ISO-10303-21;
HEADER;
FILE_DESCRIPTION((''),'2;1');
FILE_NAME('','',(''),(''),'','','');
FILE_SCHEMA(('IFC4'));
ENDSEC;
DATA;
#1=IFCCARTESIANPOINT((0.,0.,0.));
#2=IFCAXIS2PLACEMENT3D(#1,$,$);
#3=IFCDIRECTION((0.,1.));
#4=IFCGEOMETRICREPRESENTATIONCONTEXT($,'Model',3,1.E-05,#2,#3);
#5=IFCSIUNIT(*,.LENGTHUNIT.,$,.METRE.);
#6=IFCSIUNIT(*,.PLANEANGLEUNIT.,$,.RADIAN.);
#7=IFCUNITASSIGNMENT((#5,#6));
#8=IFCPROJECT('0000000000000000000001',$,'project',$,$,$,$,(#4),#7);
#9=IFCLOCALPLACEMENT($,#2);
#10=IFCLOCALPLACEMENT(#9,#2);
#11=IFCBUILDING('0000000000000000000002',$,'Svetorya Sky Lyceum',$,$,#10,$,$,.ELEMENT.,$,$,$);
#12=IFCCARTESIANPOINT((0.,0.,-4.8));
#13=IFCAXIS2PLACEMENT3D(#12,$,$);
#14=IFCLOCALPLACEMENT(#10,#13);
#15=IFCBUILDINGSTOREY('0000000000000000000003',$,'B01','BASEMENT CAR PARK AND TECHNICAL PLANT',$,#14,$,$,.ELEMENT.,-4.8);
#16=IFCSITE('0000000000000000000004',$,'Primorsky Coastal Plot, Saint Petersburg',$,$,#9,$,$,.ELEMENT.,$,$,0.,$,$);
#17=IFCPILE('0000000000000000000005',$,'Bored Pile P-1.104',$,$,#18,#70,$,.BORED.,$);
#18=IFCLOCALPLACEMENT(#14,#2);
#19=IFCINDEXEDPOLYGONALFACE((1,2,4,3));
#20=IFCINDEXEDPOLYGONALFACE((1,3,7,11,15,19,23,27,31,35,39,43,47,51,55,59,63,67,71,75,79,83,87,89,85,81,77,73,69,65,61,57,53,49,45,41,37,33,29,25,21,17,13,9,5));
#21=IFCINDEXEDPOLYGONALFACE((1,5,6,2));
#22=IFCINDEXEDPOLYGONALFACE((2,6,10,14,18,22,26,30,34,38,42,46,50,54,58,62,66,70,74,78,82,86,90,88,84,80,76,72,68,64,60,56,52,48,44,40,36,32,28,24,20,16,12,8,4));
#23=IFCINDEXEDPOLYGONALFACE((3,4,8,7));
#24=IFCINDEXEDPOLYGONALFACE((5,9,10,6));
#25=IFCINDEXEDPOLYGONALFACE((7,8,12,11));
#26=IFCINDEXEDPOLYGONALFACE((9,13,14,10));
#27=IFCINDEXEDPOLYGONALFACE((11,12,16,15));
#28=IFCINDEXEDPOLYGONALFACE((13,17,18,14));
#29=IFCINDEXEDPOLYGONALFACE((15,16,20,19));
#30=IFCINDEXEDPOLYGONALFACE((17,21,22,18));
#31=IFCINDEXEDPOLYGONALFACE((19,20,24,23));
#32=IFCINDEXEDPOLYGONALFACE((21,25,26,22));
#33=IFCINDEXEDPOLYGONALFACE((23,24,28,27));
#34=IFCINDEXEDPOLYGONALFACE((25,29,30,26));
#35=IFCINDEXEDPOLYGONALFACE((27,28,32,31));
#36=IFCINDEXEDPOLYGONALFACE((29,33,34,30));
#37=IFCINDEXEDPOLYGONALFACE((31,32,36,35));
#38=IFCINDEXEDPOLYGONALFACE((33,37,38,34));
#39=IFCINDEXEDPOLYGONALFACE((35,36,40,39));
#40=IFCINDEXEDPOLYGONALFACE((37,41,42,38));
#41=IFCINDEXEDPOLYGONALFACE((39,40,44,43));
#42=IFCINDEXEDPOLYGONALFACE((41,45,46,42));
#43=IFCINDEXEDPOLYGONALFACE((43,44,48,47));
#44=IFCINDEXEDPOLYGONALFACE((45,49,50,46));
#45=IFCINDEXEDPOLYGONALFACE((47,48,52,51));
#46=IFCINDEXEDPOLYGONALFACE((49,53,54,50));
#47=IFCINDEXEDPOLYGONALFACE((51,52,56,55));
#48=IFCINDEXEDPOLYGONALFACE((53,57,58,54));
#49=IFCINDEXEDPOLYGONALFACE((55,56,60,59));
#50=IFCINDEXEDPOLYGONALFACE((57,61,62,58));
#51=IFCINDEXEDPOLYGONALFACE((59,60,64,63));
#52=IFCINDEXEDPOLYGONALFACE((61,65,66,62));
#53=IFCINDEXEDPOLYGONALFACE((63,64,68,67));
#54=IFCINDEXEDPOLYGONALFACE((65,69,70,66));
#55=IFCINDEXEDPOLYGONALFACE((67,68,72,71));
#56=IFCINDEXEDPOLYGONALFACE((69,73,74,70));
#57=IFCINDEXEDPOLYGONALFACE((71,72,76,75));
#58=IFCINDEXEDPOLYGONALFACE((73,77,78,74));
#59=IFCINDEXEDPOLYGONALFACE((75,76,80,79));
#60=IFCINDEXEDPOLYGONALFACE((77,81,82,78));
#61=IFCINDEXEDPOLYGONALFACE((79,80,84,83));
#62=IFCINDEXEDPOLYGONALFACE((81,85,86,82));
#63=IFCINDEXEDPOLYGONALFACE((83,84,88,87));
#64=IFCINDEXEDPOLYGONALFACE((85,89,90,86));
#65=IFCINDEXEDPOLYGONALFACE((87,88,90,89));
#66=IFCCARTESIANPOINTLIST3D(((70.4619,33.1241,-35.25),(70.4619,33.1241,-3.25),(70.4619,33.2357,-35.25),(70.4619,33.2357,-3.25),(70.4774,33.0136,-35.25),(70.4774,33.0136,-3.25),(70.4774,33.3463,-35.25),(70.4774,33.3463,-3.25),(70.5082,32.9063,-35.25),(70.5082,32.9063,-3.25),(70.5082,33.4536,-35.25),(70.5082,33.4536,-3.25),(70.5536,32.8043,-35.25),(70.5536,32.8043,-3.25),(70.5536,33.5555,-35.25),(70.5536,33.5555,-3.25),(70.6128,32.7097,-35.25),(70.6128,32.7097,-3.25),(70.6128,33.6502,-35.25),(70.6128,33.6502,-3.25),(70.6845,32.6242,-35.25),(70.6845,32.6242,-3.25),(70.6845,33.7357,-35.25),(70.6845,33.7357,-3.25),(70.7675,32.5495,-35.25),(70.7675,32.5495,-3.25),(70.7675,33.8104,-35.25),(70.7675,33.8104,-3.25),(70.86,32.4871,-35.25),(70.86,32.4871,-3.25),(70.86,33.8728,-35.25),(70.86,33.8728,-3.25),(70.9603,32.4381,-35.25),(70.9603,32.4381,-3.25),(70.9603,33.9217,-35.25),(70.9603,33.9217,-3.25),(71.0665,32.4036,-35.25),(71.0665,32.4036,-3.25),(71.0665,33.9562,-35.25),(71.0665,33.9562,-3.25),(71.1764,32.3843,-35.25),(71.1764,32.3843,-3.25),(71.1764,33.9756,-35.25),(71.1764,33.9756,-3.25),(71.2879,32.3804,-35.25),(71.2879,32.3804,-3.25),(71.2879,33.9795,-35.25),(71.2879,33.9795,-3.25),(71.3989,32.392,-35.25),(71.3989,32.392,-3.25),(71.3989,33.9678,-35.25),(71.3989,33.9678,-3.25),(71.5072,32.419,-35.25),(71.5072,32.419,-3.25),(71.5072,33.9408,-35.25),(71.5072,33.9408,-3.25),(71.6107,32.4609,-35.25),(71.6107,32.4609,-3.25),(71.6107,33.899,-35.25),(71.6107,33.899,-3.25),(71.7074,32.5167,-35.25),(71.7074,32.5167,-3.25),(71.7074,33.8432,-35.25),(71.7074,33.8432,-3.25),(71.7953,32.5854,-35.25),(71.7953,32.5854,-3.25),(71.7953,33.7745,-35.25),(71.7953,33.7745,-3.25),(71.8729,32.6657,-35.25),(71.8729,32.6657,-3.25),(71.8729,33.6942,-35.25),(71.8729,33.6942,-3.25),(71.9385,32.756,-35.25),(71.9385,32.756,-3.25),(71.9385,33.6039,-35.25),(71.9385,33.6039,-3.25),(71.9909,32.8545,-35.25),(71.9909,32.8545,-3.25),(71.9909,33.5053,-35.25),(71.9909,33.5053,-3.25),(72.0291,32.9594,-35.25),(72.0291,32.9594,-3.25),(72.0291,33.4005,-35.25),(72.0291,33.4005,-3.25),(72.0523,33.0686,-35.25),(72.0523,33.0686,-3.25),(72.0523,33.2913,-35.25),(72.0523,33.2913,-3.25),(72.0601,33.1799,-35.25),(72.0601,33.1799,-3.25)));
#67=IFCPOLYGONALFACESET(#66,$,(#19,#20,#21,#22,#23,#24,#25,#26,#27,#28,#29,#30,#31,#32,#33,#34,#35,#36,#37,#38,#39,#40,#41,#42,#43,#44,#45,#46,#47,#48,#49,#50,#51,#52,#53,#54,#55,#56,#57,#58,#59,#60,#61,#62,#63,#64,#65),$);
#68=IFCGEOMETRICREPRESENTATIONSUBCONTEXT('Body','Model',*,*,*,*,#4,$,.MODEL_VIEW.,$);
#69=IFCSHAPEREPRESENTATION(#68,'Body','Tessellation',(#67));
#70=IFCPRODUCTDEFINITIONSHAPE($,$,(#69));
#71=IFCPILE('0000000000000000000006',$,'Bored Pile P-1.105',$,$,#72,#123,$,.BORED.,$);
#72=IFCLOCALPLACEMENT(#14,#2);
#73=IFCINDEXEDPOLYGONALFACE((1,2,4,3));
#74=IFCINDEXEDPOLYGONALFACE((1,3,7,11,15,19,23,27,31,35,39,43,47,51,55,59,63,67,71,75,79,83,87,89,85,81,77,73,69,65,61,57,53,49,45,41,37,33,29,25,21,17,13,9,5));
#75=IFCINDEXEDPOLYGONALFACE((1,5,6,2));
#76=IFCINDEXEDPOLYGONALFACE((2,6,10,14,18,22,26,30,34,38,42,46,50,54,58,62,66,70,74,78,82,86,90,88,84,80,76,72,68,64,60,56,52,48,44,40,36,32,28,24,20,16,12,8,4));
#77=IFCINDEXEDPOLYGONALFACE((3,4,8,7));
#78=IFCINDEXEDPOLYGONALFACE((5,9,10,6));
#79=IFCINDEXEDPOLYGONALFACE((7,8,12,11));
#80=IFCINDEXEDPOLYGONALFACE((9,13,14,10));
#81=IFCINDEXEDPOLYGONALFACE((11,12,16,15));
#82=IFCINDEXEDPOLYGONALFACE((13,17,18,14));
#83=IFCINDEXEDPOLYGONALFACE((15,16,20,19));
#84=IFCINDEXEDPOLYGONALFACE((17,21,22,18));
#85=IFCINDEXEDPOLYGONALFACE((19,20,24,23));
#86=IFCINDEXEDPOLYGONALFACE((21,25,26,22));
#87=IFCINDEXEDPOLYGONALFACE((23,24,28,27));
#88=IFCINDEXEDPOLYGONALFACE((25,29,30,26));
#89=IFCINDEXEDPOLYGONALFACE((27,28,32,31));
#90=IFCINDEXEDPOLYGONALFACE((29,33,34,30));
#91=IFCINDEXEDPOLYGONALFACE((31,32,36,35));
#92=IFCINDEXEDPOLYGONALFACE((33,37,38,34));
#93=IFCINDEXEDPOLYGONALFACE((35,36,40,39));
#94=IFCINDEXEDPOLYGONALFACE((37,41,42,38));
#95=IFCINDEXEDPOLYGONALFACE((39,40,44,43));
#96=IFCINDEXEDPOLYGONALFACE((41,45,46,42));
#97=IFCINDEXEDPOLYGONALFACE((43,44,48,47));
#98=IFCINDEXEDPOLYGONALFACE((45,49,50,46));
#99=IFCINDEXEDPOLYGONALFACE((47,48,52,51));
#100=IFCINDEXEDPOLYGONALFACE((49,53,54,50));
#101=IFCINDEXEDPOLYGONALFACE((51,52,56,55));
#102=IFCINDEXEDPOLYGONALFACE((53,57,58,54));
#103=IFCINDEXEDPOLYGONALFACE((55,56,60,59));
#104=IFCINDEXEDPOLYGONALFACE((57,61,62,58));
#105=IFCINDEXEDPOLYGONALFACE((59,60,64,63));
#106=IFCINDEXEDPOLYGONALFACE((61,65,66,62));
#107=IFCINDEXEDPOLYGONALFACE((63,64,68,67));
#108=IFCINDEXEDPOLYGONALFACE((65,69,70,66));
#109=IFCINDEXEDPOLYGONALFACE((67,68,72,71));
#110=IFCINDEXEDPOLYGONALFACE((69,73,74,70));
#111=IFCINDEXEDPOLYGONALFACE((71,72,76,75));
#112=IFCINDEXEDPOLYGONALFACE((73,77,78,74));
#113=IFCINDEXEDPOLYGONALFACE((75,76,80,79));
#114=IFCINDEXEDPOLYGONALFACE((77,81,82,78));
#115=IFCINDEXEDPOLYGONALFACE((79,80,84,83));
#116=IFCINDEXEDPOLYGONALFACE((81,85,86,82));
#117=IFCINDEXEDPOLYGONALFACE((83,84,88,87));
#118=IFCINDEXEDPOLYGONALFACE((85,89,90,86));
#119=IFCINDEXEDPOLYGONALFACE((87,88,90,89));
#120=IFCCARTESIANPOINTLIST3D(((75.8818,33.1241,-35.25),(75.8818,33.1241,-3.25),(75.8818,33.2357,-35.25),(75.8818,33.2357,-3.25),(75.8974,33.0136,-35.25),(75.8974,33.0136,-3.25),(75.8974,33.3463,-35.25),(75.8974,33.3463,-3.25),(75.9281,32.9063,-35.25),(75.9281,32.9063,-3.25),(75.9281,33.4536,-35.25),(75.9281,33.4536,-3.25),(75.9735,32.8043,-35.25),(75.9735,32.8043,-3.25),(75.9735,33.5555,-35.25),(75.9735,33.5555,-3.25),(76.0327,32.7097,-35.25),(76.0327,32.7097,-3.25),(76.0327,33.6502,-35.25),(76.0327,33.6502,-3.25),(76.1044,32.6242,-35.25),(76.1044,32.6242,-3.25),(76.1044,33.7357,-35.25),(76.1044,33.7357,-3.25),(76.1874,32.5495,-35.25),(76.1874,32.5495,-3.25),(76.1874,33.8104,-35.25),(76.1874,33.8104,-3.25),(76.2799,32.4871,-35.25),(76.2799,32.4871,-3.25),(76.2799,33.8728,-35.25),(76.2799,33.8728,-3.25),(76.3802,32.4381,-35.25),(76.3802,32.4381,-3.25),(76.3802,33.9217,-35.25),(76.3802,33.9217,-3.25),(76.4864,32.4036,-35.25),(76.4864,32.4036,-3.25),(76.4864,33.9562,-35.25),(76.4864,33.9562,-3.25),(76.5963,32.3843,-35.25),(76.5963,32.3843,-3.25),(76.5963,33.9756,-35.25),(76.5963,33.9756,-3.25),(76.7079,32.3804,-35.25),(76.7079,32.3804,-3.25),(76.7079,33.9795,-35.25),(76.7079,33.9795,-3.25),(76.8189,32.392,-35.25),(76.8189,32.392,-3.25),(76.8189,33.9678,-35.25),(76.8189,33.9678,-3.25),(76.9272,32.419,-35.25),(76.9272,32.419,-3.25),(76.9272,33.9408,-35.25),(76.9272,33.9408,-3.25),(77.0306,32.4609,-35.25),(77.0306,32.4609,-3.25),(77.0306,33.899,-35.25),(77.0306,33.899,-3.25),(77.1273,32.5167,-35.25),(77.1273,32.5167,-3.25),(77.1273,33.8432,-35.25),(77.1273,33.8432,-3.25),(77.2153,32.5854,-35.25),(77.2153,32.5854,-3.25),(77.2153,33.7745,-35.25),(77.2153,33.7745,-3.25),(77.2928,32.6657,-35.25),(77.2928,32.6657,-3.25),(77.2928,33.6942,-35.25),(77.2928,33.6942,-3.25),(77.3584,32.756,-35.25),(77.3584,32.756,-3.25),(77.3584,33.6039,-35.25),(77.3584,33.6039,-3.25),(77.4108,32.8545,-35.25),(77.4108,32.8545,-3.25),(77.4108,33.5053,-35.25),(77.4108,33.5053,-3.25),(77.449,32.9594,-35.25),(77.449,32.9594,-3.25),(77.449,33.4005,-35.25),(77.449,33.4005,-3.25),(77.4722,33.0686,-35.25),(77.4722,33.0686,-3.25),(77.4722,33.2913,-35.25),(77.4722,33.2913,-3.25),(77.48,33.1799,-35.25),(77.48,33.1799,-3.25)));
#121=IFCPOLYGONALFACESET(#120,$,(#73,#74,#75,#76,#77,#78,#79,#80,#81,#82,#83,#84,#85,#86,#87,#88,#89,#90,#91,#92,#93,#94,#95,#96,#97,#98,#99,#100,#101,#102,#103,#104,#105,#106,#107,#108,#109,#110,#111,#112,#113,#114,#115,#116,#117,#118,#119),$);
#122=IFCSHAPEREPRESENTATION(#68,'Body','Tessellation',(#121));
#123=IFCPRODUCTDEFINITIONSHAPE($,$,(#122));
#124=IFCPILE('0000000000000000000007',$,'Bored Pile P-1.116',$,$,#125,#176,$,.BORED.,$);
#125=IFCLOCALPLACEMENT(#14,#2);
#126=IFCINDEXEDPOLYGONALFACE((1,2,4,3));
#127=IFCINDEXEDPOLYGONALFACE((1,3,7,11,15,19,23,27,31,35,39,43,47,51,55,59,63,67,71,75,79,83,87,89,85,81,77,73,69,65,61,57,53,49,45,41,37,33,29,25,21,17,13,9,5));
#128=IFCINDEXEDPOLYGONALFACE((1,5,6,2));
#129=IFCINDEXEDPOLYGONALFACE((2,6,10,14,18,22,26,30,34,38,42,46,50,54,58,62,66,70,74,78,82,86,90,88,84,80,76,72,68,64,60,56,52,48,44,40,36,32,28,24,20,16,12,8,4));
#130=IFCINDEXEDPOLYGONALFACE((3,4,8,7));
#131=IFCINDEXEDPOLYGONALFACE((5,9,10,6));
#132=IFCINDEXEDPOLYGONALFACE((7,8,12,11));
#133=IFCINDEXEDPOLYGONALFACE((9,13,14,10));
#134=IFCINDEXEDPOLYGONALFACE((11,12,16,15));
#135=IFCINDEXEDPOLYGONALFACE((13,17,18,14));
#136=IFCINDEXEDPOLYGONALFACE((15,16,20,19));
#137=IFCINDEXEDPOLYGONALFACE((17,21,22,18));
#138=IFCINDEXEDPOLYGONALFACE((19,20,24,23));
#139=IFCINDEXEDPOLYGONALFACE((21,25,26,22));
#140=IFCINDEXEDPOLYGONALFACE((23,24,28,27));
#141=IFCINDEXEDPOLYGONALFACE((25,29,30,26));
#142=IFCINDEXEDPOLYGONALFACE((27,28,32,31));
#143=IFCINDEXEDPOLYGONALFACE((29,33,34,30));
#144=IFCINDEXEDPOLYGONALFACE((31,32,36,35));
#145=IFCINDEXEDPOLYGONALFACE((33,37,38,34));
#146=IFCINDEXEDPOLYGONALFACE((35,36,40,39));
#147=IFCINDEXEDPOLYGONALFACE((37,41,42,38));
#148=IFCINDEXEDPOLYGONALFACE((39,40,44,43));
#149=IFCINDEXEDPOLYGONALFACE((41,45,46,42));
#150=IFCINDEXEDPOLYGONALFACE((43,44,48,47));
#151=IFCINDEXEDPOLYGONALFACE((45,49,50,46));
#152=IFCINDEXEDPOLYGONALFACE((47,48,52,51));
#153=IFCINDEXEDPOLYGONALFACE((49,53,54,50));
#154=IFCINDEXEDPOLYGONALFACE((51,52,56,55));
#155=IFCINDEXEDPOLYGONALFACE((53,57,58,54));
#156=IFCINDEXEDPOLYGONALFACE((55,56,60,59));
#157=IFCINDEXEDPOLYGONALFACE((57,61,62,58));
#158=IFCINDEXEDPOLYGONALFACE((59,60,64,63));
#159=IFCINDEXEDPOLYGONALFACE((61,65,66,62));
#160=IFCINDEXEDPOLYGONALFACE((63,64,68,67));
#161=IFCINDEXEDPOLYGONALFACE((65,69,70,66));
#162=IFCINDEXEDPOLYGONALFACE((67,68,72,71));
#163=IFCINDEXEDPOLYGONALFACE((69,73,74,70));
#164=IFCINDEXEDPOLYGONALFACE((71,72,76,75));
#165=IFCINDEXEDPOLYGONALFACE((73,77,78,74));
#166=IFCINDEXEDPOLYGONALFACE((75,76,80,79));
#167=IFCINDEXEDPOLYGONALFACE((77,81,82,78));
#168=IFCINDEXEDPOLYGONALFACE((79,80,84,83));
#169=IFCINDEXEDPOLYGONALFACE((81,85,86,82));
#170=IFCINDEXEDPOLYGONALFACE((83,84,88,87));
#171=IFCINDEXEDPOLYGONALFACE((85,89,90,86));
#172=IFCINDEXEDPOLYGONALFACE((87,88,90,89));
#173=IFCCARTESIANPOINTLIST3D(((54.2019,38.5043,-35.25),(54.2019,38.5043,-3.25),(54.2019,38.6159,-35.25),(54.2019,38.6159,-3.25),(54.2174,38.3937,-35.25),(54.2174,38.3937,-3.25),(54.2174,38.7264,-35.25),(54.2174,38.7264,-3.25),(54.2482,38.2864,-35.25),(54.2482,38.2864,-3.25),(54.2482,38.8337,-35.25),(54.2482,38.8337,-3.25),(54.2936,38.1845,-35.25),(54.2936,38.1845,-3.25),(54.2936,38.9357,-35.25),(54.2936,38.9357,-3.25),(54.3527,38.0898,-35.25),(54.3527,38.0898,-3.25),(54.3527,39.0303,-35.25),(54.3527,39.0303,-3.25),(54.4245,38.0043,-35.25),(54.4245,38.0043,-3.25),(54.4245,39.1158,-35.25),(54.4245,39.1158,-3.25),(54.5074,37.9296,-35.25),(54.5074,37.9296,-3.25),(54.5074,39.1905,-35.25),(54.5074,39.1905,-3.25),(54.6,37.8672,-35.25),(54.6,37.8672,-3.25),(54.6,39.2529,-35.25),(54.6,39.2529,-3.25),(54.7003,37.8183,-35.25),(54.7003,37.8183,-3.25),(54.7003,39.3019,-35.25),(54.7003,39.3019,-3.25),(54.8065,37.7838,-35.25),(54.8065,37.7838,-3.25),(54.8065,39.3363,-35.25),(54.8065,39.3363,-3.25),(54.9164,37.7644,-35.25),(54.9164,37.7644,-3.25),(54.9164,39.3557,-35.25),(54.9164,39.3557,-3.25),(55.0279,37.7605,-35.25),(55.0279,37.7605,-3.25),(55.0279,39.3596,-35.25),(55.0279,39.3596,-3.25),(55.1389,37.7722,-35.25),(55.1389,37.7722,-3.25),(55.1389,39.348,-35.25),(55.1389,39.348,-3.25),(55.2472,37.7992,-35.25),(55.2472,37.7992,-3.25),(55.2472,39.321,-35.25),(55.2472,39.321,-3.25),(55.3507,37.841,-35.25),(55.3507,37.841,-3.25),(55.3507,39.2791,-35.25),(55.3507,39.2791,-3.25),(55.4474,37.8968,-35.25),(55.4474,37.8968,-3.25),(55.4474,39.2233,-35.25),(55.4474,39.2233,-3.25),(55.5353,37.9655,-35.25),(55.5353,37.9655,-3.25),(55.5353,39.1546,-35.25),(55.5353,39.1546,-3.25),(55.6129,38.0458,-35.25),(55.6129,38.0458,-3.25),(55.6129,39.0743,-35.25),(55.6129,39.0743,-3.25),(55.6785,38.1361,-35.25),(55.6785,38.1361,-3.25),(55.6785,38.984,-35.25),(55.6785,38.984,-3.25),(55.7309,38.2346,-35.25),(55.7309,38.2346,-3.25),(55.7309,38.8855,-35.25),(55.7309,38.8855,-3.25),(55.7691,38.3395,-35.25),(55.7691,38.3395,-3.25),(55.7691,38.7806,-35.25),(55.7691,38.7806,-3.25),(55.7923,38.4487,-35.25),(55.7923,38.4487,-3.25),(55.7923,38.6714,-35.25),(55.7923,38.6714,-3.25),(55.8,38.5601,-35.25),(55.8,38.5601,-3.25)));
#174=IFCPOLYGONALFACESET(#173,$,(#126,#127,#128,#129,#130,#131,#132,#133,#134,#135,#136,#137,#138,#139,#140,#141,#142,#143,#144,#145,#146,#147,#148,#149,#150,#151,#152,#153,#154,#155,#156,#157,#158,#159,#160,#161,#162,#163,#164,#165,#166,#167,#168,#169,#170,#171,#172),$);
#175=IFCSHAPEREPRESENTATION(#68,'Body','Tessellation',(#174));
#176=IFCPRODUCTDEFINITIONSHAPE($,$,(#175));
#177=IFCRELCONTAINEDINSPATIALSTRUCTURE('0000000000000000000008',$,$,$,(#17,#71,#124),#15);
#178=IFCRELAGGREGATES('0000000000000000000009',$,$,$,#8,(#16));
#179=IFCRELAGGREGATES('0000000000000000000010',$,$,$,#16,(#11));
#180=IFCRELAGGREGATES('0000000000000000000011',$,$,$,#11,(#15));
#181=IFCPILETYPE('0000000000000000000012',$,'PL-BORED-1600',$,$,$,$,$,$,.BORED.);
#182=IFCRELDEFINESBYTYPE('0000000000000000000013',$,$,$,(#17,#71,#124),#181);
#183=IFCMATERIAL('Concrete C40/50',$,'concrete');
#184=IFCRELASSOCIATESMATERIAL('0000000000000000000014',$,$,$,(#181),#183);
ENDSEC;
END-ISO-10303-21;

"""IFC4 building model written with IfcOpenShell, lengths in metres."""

from ifc_helpers import new_model, si_unit, direction, frame, origin, origin_2d, place, context, subcontext, project, spatial, circle, extrude, material, material_profile, profile_set, type_object, element, save


model = new_model("IFC4")

# Units and contexts
model_context = context("Model", 3, precision=1e-05, world=origin(), true_north=direction((0.0, 1.0)))
body_context = subcontext(model_context, "Body", "Model", "MODEL_VIEW")
ifc_project = project(units=[si_unit("LENGTHUNIT", "METRE"), si_unit("PLANEANGLEUNIT", "RADIAN")], contexts=[model_context])

# Site, building, storey
site_placement = place(None, origin())
site = spatial("IfcSite", under=ifc_project, at=site_placement, Name="Primorsky Coastal Plot, Saint Petersburg", CompositionType="ELEMENT", RefElevation=0.0)
building_placement = place(site_placement, origin())
building = spatial("IfcBuilding", under=site, at=building_placement, Name="Svetorya Sky Lyceum", CompositionType="ELEMENT")
storey_placement = place(building_placement, frame((0.0, 0.0, -4.8)))
storey = spatial("IfcBuildingStorey", under=building, at=storey_placement, Name="B01", Description="BASEMENT CAR PARK AND TECHNICAL PLANT", CompositionType="ELEMENT", Elevation=-4.8)

# Piles
ifc_material_1 = material(Name="Concrete C40/50", Category="concrete")
ifc_material_profile_1 = material_profile(ifc_material_1, circle(Radius=0.8, at=origin_2d()), Name="RC PILE D1600")
ifc_profile_set_1 = profile_set([ifc_material_profile_1], Name="Concrete C40/50")
pile_type = type_object("IfcPileType", Name="PL-BORED-1600", PredefinedType="BORED", material=ifc_profile_set_1)
for number, where, z_axis, x_axis, name in (
    (1, (71.26, 33.1799, -3.25), (0.0, 0.0, -1.0), (1.0, 0.0, 0.0), "Bored Pile P-1.104"),
    (2, (76.6799, 33.1799, -3.25), (0.0, 0.0, -1.0), (1.0, 0.0, 0.0), "Bored Pile P-1.105"),
    (3, (55.0, 38.5601, -3.25), (0.0, 0.0, -1.0), (1.0, 0.0, 0.0), "Bored Pile P-1.116"),
):
    element("IfcPile", number, at=place(storey_placement, frame(where, z_axis=z_axis, x_axis=x_axis)), inside=storey, type_object=pile_type, Name=name, PredefinedType="BORED", context=body_context, shape_type="SweptSolid", body=[
        extrude(circle(Radius=0.8, at=origin_2d()), origin(), (0.0, 0.0, 1.0), 32.0),
    ])

save(model, "model.ifc")
